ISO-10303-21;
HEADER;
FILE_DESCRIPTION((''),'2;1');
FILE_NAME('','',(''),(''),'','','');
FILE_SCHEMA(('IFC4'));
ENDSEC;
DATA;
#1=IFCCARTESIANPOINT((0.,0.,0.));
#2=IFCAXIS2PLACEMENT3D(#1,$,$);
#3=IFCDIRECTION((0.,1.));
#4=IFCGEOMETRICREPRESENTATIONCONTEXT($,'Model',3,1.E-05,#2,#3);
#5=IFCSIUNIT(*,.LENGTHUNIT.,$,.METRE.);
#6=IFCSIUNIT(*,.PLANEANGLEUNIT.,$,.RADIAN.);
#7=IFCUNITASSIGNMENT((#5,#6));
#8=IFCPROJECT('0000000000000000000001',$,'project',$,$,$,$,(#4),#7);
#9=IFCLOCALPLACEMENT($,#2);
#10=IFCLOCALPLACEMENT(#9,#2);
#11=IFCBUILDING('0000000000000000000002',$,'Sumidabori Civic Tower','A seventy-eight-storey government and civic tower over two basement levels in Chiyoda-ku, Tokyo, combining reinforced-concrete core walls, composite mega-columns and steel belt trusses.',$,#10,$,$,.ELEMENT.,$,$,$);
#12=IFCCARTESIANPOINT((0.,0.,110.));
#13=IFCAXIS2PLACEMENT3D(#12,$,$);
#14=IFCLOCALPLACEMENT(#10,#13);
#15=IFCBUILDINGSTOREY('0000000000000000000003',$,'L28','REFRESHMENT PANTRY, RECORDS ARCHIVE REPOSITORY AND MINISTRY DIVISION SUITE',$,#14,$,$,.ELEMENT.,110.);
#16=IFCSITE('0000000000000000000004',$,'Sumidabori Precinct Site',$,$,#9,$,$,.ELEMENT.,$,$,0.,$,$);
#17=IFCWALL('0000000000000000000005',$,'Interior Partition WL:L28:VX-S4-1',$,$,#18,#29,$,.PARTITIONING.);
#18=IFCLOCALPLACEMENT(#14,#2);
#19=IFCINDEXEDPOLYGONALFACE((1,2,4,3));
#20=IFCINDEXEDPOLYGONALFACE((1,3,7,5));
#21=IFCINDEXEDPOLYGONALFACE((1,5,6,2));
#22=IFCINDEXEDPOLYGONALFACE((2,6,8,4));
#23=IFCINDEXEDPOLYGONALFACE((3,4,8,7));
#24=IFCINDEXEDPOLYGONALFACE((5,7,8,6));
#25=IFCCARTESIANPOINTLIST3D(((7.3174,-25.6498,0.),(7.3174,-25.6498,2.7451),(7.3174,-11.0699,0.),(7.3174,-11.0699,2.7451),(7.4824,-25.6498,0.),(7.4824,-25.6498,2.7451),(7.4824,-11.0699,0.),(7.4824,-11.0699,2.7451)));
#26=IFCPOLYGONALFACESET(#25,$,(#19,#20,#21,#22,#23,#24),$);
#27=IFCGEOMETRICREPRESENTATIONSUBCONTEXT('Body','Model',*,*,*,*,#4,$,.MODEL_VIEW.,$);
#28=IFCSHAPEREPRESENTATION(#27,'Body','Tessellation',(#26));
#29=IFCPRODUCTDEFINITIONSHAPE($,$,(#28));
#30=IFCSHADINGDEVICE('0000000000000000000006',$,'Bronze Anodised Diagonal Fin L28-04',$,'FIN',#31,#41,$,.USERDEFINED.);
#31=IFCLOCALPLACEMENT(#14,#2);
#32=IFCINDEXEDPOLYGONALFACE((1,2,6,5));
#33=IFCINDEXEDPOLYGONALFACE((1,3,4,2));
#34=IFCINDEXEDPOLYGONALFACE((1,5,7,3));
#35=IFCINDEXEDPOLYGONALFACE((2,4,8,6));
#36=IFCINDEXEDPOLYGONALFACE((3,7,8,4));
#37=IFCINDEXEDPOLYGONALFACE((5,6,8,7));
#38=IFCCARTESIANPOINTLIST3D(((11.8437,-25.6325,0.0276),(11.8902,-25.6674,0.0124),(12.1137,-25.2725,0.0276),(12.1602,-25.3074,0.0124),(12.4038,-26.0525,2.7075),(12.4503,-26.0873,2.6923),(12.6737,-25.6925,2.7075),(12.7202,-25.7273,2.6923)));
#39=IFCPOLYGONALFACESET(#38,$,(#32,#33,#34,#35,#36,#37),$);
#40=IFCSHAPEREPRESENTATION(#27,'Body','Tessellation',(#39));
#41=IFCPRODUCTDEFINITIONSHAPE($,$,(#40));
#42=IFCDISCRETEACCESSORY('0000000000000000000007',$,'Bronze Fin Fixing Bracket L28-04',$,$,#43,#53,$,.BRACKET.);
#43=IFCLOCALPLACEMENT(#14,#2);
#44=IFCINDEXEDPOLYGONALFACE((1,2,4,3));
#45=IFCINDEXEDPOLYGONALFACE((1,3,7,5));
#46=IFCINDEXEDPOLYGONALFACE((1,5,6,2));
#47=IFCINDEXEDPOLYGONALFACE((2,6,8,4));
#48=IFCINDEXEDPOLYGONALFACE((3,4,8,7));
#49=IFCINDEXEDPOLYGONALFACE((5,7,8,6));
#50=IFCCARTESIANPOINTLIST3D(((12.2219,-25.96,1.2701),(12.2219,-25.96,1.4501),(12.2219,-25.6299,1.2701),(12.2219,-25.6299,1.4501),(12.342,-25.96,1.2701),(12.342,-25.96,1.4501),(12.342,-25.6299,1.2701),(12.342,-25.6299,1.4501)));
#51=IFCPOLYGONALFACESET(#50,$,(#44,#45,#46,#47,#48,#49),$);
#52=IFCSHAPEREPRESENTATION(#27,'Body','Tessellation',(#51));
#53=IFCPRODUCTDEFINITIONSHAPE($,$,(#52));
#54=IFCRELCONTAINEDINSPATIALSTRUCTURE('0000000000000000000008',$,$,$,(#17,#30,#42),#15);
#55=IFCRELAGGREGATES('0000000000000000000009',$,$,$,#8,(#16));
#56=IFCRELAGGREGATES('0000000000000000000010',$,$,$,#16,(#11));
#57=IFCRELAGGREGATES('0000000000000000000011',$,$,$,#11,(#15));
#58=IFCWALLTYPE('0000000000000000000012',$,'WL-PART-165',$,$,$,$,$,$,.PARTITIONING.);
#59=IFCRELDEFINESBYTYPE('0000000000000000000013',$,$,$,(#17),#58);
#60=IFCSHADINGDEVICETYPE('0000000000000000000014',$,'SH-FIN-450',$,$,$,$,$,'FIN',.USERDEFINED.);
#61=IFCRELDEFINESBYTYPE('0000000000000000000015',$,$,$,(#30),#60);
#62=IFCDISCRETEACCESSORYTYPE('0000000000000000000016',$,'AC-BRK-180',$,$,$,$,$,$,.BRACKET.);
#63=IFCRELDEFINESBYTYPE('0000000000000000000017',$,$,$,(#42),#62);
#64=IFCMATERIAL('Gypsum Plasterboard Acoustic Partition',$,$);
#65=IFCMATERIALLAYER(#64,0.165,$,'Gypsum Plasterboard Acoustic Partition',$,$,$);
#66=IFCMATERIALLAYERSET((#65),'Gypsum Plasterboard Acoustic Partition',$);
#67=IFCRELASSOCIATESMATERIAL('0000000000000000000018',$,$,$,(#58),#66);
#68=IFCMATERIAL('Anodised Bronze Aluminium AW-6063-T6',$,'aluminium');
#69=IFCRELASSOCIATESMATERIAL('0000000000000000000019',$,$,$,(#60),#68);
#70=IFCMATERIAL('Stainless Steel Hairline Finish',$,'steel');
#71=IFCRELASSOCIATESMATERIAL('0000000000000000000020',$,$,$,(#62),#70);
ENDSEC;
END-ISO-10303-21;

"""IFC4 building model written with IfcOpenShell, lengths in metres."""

from ifc_helpers import new_model, si_unit, direction, frame, frame_2d, origin, origin_2d, place, context, subcontext, project, spatial, rectangle, extrude, source, transform, mapped, material, layer, layer_set, material_profile, profile_set, type_object, element, save


model = new_model("IFC4")

# Units and contexts
model_context = context("Model", 3, precision=1e-05, world=origin(), true_north=direction((0.0, 1.0)))
body_context = subcontext(model_context, "Body", "Model", "MODEL_VIEW")
ifc_project = project(units=[si_unit("LENGTHUNIT", "METRE"), si_unit("PLANEANGLEUNIT", "RADIAN")], contexts=[model_context])

# Site, building, storey
site_placement = place(None, origin())
site = spatial("IfcSite", under=ifc_project, at=site_placement, Name="Sumidabori Precinct Site", CompositionType="ELEMENT", RefElevation=0.0)
building_placement = place(site_placement, origin())
building = spatial("IfcBuilding", under=site, at=building_placement, Name="Sumidabori Civic Tower", Description="A seventy-eight-storey government and civic tower over two basement levels in Chiyoda-ku, Tokyo, combining reinforced-concrete core walls, composite mega-columns and steel belt trusses.", CompositionType="ELEMENT")
storey_placement = place(building_placement, frame((0.0, 0.0, 110.0)))
storey = spatial("IfcBuildingStorey", under=building, at=storey_placement, Name="L28", Description="REFRESHMENT PANTRY, RECORDS ARCHIVE REPOSITORY AND MINISTRY DIVISION SUITE", CompositionType="ELEMENT", Elevation=110.0)

# Shared definitions
ifc_material_1 = material(Name="Anodised Bronze Aluminium AW-6063-T6", Category="aluminium")

# Shared definitions
ifc_material_2 = material(Name="Gypsum Plasterboard Acoustic Partition")
ifc_layer_1 = layer(ifc_material_2, 0.165, Name="Gypsum Plasterboard Acoustic Partition")
ifc_layer_set_1 = layer_set([ifc_layer_1], Name="Gypsum Plasterboard Acoustic Partition")
wall_type = type_object("IfcWallType", Name="WL-PART-165", PredefinedType="PARTITIONING", material=ifc_layer_set_1)

# Wall
shared_shape_1 = source(origin(), body_context, "Body", "SweptSolid", [
    extrude(rectangle(XDim=14.5798, YDim=0.165, at=frame_2d((7.29, 0.0))), origin(), (0.0, 0.0, 1.0), 2.7451),
])
wall_1_placement = place(storey_placement, frame((7.3999, -25.6499, 0.0), z_axis=(0.0, 0.0, 1.0), x_axis=(0.0, 1.0, 0.0)))
element("IfcWall", 1, at=wall_1_placement, inside=storey, type_object=wall_type, Name="Interior Partition WL:L28:VX-S4-1", PredefinedType="PARTITIONING", context=body_context, shape_type="MappedRepresentation", body=[
    mapped(shared_shape_1, transform((0.0, 0.0, 0.0), x_axis=(1.0, 0.0, 0.0), y_axis=(0.0, 1.0, 0.0), z_axis=(0.0, 0.0, 1.0), scale=1.0)),
])

# Shading device
ifc_material_profile_1 = material_profile(ifc_material_1, rectangle(XDim=0.0601, YDim=0.45, at=origin_2d()), Name="BRONZE FIN 450x60")
ifc_profile_set_1 = profile_set([ifc_material_profile_1], Name="Anodised Bronze Aluminium AW-6063-T6")
shading_device_type = type_object("IfcShadingDeviceType", Name="SH-FIN-450", ElementType="FIN", PredefinedType="USERDEFINED", material=ifc_profile_set_1)
shared_shape_2 = source(origin(), body_context, "Body", "SweptSolid", [
    extrude(rectangle(XDim=0.0601, YDim=0.45, at=origin_2d()), origin(), (0.0, 0.0, 1.0), 2.7698),
])
shading_device_placement = place(storey_placement, frame((12.002, -25.47, 0.02), z_axis=(0.202199, -0.151605, 0.967539), x_axis=(0.774112, -0.580415, -0.252722)))
element("IfcShadingDevice", 2, at=shading_device_placement, inside=storey, type_object=shading_device_type, Name="Bronze Anodised Diagonal Fin L28-04", ObjectType="FIN", PredefinedType="USERDEFINED", context=body_context, shape_type="MappedRepresentation", body=[
    mapped(shared_shape_2, transform((0.0, 0.0, 0.0), x_axis=(1.0, 0.0, 0.0), y_axis=(0.0, 1.0, 0.0), z_axis=(0.0, 0.0, 1.0), scale=1.0)),
])

# Discrete accessory
ifc_material_3 = material(Name="Stainless Steel Hairline Finish", Category="steel")
ifc_material_profile_2 = material_profile(ifc_material_3, rectangle(XDim=0.1201, YDim=0.1799, at=origin_2d()), Name="STEEL BRACKET 180x120")
ifc_profile_set_2 = profile_set([ifc_material_profile_2], Name="Stainless Steel Hairline Finish")
discrete_accessory_type = type_object("IfcDiscreteAccessoryType", Name="AC-BRK-180", PredefinedType="BRACKET", material=ifc_profile_set_2)
shared_shape_3 = source(origin(), body_context, "Body", "SweptSolid", [
    extrude(rectangle(XDim=0.1201, YDim=0.1799, at=origin_2d()), origin(), (0.0, 0.0, 1.0), 0.3301),
])
discrete_accessory_placement = place(storey_placement, frame((12.282, -25.6299, 1.3601), z_axis=(0.0, -1.0, 0.0), x_axis=(1.0, 0.0, 0.0)))
element("IfcDiscreteAccessory", 3, at=discrete_accessory_placement, inside=storey, type_object=discrete_accessory_type, Name="Bronze Fin Fixing Bracket L28-04", PredefinedType="BRACKET", context=body_context, shape_type="MappedRepresentation", body=[
    mapped(shared_shape_3, transform((0.0, 0.0, 0.0), x_axis=(1.0, 0.0, 0.0), y_axis=(0.0, 1.0, 0.0), z_axis=(0.0, 0.0, 1.0), scale=1.0)),
])

save(model, "model.ifc")
